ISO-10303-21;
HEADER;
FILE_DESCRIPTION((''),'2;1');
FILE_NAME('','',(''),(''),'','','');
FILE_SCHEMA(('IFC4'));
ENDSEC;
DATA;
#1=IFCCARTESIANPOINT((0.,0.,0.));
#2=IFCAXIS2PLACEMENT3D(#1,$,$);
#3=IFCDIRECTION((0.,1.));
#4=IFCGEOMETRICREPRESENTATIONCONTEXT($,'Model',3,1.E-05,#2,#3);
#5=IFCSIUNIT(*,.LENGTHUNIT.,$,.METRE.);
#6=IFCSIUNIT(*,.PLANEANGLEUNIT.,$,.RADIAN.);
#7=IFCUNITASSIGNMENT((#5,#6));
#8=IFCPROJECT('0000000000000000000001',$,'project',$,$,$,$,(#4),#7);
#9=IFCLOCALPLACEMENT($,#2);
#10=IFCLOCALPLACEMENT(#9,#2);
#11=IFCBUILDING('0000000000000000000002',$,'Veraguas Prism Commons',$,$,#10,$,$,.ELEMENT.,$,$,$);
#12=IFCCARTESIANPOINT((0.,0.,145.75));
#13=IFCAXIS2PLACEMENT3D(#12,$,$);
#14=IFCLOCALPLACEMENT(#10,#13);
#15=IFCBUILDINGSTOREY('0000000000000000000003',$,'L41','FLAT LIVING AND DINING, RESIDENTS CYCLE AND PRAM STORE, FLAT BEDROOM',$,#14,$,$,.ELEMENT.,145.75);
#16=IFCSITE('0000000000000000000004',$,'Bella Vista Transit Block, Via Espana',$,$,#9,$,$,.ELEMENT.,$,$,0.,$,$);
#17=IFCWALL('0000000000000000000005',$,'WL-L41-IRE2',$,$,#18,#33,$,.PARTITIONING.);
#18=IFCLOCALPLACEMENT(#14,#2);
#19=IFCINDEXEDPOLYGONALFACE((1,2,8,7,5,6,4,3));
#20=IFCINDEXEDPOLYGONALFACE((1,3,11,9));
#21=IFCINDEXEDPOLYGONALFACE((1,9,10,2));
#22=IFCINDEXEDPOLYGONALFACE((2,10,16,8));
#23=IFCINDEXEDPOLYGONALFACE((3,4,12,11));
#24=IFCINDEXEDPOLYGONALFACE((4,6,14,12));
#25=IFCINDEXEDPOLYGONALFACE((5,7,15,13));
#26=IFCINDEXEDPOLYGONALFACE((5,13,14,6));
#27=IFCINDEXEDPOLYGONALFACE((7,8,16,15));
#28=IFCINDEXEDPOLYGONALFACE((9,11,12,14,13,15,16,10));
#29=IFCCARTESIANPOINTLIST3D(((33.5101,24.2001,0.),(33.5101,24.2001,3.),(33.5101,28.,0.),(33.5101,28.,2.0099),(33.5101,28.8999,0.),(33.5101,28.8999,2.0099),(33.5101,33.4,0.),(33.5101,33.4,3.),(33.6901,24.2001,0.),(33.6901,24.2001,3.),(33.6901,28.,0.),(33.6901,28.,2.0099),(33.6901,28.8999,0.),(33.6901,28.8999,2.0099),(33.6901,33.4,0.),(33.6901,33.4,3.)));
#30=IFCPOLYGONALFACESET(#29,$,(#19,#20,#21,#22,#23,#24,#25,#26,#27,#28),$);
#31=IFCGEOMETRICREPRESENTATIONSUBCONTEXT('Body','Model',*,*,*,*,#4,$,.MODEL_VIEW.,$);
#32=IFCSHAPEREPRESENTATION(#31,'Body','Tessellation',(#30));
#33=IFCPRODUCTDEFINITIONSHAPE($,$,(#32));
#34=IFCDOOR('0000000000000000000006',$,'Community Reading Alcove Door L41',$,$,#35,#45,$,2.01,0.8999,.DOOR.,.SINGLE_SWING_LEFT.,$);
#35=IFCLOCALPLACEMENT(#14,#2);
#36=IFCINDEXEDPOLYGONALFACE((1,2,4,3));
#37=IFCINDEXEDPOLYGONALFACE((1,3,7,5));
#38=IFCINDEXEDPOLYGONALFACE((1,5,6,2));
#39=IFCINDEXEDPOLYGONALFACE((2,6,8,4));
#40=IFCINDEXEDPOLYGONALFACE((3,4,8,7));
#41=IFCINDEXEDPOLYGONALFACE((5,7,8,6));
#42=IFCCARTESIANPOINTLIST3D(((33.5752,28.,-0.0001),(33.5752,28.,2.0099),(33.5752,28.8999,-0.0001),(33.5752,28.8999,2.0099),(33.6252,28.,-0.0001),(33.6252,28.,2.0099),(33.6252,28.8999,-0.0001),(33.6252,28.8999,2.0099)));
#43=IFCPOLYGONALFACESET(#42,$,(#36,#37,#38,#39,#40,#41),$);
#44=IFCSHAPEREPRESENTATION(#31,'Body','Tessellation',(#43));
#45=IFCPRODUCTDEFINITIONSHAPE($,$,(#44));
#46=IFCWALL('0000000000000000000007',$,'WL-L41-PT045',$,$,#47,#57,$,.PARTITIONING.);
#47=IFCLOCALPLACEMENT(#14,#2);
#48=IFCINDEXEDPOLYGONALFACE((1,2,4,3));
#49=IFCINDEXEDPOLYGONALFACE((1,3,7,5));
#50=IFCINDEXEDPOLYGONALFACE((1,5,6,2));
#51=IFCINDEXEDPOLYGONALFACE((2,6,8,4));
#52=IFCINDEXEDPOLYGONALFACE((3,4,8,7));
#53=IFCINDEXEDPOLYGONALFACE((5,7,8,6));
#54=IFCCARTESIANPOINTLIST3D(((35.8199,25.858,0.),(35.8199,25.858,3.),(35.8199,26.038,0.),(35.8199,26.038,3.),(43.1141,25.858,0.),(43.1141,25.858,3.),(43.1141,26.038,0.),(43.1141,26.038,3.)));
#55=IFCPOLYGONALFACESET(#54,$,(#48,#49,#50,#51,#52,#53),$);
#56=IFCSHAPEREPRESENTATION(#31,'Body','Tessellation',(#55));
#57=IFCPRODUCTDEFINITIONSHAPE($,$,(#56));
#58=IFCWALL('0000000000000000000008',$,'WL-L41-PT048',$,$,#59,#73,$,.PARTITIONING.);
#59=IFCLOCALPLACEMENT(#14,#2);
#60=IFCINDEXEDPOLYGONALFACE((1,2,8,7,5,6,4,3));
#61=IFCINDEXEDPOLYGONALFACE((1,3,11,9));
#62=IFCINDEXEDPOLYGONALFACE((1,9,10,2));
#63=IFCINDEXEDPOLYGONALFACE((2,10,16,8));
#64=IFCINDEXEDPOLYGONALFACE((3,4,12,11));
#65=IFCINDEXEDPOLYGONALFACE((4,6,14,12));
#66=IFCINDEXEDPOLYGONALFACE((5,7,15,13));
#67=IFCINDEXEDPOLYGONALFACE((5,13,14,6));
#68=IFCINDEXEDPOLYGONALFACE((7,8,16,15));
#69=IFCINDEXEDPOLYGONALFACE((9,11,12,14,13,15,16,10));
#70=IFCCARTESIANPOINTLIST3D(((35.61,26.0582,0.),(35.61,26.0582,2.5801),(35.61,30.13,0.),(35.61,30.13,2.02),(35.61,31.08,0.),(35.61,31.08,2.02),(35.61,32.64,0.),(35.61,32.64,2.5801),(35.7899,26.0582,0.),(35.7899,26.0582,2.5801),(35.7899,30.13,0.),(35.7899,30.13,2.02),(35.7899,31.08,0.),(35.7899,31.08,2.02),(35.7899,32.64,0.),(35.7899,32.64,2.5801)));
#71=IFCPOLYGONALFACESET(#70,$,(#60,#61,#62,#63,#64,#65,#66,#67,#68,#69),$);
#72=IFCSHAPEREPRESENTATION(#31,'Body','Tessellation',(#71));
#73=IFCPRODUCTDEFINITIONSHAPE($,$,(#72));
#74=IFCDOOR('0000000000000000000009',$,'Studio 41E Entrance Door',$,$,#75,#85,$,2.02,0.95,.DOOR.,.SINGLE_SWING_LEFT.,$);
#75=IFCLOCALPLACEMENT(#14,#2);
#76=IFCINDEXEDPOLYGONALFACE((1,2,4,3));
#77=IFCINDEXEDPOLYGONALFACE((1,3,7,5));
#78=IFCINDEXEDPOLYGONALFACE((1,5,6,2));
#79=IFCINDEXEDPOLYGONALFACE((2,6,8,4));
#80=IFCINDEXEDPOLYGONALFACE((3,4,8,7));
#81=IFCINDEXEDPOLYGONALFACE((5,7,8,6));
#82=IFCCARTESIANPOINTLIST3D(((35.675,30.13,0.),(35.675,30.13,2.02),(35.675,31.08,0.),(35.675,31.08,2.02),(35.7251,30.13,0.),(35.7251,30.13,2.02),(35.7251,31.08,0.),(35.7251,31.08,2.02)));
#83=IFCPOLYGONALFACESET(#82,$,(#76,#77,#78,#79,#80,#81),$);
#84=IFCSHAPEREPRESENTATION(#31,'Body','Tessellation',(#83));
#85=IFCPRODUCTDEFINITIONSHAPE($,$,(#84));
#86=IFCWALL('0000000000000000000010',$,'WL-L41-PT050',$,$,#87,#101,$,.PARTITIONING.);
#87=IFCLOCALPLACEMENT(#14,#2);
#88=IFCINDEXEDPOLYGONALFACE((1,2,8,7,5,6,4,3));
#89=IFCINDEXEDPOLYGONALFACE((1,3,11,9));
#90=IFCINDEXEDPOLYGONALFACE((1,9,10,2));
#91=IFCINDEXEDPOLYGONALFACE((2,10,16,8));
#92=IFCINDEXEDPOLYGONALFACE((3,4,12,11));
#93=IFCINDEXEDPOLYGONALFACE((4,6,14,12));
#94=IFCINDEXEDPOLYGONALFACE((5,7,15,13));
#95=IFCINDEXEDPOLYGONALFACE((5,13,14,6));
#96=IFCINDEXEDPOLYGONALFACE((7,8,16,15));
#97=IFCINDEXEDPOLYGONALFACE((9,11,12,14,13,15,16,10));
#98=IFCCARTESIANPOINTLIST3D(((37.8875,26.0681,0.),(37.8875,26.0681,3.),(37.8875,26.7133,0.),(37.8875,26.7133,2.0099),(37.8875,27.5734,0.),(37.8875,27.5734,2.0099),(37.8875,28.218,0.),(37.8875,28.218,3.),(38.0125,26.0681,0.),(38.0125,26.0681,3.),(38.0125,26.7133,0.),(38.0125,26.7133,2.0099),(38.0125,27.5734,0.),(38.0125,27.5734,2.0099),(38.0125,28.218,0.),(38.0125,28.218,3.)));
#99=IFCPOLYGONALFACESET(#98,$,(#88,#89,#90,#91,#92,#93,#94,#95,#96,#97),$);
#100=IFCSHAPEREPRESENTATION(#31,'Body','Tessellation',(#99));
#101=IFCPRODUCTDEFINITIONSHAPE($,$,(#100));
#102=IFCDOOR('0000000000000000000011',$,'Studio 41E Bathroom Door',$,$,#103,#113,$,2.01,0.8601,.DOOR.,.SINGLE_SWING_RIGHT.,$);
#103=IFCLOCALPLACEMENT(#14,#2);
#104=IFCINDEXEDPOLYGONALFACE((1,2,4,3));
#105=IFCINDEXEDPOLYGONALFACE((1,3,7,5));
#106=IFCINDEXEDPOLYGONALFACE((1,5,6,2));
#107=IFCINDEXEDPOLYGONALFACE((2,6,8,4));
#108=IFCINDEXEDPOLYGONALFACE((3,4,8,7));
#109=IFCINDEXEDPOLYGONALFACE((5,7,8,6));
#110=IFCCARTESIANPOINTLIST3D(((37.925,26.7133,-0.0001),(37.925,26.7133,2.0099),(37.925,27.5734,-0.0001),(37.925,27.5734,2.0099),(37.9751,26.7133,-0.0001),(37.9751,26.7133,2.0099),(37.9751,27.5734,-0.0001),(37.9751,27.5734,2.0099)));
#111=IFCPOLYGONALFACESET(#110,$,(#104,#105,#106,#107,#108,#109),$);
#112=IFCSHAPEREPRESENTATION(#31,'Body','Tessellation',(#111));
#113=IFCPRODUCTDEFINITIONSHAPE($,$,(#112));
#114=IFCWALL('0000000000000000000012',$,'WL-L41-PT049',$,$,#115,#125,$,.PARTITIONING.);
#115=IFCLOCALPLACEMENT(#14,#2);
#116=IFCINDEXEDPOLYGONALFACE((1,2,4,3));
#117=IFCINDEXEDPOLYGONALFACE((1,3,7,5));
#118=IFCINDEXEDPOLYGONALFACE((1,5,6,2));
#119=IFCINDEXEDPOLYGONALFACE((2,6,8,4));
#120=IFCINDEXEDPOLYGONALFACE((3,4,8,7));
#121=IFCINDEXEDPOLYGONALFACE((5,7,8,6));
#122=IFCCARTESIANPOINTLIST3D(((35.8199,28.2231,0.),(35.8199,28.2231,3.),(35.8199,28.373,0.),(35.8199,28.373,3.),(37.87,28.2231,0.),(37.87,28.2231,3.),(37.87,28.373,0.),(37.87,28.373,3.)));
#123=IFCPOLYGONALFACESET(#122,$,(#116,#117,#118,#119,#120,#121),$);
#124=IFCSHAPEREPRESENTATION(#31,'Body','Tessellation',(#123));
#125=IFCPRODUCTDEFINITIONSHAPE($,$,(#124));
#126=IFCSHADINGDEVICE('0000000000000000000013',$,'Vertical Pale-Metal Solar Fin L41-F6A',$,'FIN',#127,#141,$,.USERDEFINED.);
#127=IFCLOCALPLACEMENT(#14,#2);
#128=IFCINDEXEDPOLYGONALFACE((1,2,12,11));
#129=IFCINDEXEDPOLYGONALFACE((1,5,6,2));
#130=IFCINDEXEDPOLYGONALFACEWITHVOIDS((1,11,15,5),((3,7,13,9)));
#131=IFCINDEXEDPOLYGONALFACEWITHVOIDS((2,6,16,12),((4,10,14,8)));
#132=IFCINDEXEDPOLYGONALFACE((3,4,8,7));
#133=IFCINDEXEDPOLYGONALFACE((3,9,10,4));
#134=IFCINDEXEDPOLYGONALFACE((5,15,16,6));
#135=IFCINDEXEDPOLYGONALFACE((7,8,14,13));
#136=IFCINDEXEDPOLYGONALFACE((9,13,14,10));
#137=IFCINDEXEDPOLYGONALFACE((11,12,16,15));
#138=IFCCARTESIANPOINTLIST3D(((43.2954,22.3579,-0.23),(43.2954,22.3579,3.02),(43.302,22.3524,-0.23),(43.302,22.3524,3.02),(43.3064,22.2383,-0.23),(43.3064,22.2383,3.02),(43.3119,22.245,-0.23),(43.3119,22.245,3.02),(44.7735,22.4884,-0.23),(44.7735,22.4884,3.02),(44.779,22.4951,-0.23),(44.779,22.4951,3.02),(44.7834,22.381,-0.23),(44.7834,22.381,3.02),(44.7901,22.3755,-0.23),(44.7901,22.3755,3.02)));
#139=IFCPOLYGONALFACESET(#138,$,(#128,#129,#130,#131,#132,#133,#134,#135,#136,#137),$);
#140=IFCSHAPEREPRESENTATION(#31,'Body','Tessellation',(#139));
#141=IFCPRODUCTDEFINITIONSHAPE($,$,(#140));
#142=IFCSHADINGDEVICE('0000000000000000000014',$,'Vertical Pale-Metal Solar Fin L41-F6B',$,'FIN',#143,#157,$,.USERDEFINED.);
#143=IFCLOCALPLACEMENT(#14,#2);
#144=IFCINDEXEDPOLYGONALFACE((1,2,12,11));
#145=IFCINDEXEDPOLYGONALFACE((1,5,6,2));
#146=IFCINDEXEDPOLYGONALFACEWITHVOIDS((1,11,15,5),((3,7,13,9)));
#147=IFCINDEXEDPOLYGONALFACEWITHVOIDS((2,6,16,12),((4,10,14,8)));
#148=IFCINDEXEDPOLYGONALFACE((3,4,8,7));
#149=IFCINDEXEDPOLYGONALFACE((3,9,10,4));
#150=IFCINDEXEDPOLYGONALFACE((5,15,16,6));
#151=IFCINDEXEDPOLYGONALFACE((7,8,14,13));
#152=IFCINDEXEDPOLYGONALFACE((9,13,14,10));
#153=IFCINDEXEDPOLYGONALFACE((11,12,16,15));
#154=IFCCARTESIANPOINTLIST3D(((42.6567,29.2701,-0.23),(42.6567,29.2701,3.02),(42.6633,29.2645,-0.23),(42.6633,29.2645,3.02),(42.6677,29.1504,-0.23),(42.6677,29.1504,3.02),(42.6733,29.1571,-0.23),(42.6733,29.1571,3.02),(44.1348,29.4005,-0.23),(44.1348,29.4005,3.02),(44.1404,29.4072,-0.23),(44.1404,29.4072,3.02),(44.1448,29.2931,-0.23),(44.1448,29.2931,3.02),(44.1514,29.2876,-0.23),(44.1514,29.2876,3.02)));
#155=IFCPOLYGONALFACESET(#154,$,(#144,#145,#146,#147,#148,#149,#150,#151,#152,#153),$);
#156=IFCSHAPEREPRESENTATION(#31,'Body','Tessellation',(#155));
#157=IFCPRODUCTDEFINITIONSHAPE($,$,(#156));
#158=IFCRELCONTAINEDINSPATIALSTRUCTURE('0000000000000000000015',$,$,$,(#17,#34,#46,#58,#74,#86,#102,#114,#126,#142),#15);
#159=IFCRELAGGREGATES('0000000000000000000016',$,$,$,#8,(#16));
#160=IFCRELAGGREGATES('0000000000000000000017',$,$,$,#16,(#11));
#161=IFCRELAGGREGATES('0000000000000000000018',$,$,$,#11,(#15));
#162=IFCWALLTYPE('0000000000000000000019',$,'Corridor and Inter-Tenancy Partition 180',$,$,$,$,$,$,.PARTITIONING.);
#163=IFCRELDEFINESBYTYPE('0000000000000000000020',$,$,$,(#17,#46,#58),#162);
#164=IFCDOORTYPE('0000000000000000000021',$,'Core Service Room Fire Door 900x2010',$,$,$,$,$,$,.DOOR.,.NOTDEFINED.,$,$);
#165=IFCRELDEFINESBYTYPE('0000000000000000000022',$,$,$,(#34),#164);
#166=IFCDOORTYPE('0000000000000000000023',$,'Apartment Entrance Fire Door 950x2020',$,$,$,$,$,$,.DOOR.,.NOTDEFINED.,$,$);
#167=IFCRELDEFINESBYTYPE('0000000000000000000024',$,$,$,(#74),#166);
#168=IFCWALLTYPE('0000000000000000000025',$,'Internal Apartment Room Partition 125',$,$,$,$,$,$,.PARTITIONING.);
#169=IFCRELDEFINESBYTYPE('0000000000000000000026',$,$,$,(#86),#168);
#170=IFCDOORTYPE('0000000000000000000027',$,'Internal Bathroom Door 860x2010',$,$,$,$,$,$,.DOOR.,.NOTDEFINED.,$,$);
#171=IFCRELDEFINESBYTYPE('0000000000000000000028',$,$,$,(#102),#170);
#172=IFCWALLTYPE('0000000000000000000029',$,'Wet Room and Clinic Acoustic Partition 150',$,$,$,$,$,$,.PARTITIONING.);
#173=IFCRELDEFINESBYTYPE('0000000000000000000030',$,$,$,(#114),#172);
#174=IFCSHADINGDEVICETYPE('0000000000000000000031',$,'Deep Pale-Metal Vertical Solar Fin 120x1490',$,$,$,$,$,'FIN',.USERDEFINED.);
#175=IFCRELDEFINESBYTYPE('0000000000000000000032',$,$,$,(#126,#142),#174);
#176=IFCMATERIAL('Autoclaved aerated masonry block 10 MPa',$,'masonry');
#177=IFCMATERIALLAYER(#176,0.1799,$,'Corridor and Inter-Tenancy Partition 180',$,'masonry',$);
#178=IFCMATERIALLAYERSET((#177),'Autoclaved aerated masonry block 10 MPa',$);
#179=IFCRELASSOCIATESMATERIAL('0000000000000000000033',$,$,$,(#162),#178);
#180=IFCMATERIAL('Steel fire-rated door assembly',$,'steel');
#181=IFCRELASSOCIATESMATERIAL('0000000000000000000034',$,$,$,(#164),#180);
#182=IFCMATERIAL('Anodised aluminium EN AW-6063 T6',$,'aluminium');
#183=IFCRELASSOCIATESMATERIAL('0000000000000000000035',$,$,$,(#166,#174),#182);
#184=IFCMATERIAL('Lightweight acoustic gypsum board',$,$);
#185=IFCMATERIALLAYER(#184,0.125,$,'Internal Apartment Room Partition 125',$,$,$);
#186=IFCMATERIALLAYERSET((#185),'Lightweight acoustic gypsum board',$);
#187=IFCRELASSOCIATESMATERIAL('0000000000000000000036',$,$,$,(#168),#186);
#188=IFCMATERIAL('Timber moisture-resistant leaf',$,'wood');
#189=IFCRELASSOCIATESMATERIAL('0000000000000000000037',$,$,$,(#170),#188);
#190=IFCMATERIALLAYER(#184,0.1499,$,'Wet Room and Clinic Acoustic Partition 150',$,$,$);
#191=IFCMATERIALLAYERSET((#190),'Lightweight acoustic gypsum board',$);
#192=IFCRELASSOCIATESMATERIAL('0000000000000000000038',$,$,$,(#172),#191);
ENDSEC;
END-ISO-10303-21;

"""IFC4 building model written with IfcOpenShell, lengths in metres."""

from ifc_helpers import new_model, si_unit, direction, frame, frame_2d, origin, origin_2d, place, context, subcontext, project, spatial, rectangle, hollow_rectangle, extrude, source, transform, mapped, material, layer, layer_set, material_profile, profile_set, type_object, element, fill, save


model = new_model("IFC4")

# Units and contexts
model_context = context("Model", 3, precision=1e-05, world=origin(), true_north=direction((0.0, 1.0)))
body_context = subcontext(model_context, "Body", "Model", "MODEL_VIEW")
ifc_project = project(units=[si_unit("LENGTHUNIT", "METRE"), si_unit("PLANEANGLEUNIT", "RADIAN")], contexts=[model_context])

# Site, building, storey
site_placement = place(None, origin())
site = spatial("IfcSite", under=ifc_project, at=site_placement, Name="Bella Vista Transit Block, Via Espana", CompositionType="ELEMENT", RefElevation=0.0)
building_placement = place(site_placement, origin())
building = spatial("IfcBuilding", under=site, at=building_placement, Name="Veraguas Prism Commons", CompositionType="ELEMENT")
storey_placement = place(building_placement, frame((0.0, 0.0, 145.75)))
storey = spatial("IfcBuildingStorey", under=building, at=storey_placement, Name="L41", Description="FLAT LIVING AND DINING, RESIDENTS CYCLE AND PRAM STORE, FLAT BEDROOM", CompositionType="ELEMENT", Elevation=145.75)

# Shared definitions
ifc_material_1 = material(Name="Anodised aluminium EN AW-6063 T6", Category="aluminium")

# Wall, opening, door
ifc_material_2 = material(Name="Autoclaved aerated masonry block 10 MPa", Category="masonry")
ifc_layer_1 = layer(ifc_material_2, 0.1799, Name="Corridor and Inter-Tenancy Partition 180", Category="masonry")
ifc_layer_set_1 = layer_set([ifc_layer_1], Name="Autoclaved aerated masonry block 10 MPa")
wall_type_1 = type_object("IfcWallType", Name="Corridor and Inter-Tenancy Partition 180", PredefinedType="PARTITIONING", material=ifc_layer_set_1)
wall_1_placement = place(storey_placement, frame((33.6001, 24.2, 0.0), z_axis=(0.0, 0.0, 1.0), x_axis=(0.0, 1.0, 0.0)))
wall_1 = element("IfcWall", 1, at=wall_1_placement, inside=storey, type_object=wall_type_1, Name="WL-L41-IRE2", PredefinedType="PARTITIONING", context=body_context, shape_type="SweptSolid", body=[
    extrude(rectangle(XDim=9.2, YDim=0.1799, at=frame_2d((4.6001, 0.0))), origin(), (0.0, 0.0, 1.0), 3.0),
])
opening_1_placement = place(wall_1_placement, frame((3.8, 0.0, 0.0)))
opening_1 = element("IfcOpeningElement", 2, at=opening_1_placement, cuts=wall_1, PredefinedType="OPENING", context=body_context, shape_type="SweptSolid", body=[
    extrude(rectangle(XDim=0.8999, YDim=2.01, at=frame_2d((0.45, 1.0049))), frame((0.0, 0.0999, 0.0), z_axis=(0.0, -1.0, 0.0), x_axis=(1.0, 0.0, 0.0)), (0.0, 0.0, 1.0), 0.2),
])
ifc_material_3 = material(Name="Steel fire-rated door assembly", Category="steel")
door_type_1 = type_object("IfcDoorType", Name="Core Service Room Fire Door 900x2010", OperationType="NOTDEFINED", PredefinedType="DOOR", material=ifc_material_3)
shared_shape_1 = source(origin(), body_context, "Body", "SweptSolid", [
    extrude(rectangle(XDim=0.8999, YDim=2.01, at=frame_2d((0.45, 1.0049))), frame((0.0, 0.0249, 0.0), z_axis=(0.0, -1.0, 0.0), x_axis=(1.0, 0.0, 0.0)), (0.0, 0.0, 1.0), 0.05),
])
door_1_placement = place(opening_1_placement, origin())
door_1 = element("IfcDoor", 3, at=door_1_placement, inside=storey, type_object=door_type_1, Name="Community Reading Alcove Door L41", OperationType="SINGLE_SWING_LEFT", OverallHeight=2.01, OverallWidth=0.8999, PredefinedType="DOOR", context=body_context, shape_type="MappedRepresentation", body=[
    mapped(shared_shape_1, transform((0.0, 0.0, 0.0), scale=1.0)),
])
fill(opening_1, door_1)

# Wall
wall_2_placement = place(storey_placement, frame((35.8201, 25.948, 0.0), z_axis=(0.0, 0.0, 1.0), x_axis=(1.0, 0.0, 0.0)))
element("IfcWall", 4, at=wall_2_placement, inside=storey, type_object=wall_type_1, Name="WL-L41-PT045", PredefinedType="PARTITIONING", context=body_context, shape_type="SweptSolid", body=[
    extrude(rectangle(XDim=7.2942, YDim=0.1799, at=frame_2d((3.647, 0.0))), origin(), (0.0, 0.0, 1.0), 3.0),
])

# Walls, openings, doors
wall_3_placement = place(storey_placement, frame((35.7, 26.0581, 0.0), z_axis=(0.0, 0.0, 1.0), x_axis=(0.0, 1.0, 0.0)))
wall_3 = element("IfcWall", 5, at=wall_3_placement, inside=storey, type_object=wall_type_1, Name="WL-L41-PT048", PredefinedType="PARTITIONING", context=body_context, shape_type="SweptSolid", body=[
    extrude(rectangle(XDim=6.5818, YDim=0.1799, at=frame_2d((3.291, 0.0))), origin(), (0.0, 0.0, 1.0), 2.5801),
])
opening_2_placement = place(wall_3_placement, frame((4.0718, 0.0, 0.0)))
opening_2 = element("IfcOpeningElement", 6, at=opening_2_placement, cuts=wall_3, PredefinedType="OPENING", context=body_context, shape_type="SweptSolid", body=[
    extrude(rectangle(XDim=0.95, YDim=2.02, at=frame_2d((0.4751, 1.01))), frame((0.0, 0.0999, 0.0), z_axis=(0.0, -1.0, 0.0), x_axis=(1.0, 0.0, 0.0)), (0.0, 0.0, 1.0), 0.2),
])
door_type_2 = type_object("IfcDoorType", Name="Apartment Entrance Fire Door 950x2020", OperationType="NOTDEFINED", PredefinedType="DOOR", material=ifc_material_1)
shared_shape_2 = source(origin(), body_context, "Body", "SweptSolid", [
    extrude(rectangle(XDim=0.95, YDim=2.02, at=frame_2d((0.4751, 1.01))), frame((0.0, 0.0249, 0.0), z_axis=(0.0, -1.0, 0.0), x_axis=(1.0, 0.0, 0.0)), (0.0, 0.0, 1.0), 0.05),
])
door_2_placement = place(opening_2_placement, origin())
door_2 = element("IfcDoor", 7, at=door_2_placement, inside=storey, type_object=door_type_2, Name="Studio 41E Entrance Door", OperationType="SINGLE_SWING_LEFT", OverallHeight=2.02, OverallWidth=0.95, PredefinedType="DOOR", context=body_context, shape_type="MappedRepresentation", body=[
    mapped(shared_shape_2, transform((0.0, 0.0, 0.0), scale=1.0)),
])
fill(opening_2, door_2)
ifc_material_4 = material(Name="Lightweight acoustic gypsum board")
ifc_layer_2 = layer(ifc_material_4, 0.125, Name="Internal Apartment Room Partition 125")
ifc_layer_set_2 = layer_set([ifc_layer_2], Name="Lightweight acoustic gypsum board")
wall_type_2 = type_object("IfcWallType", Name="Internal Apartment Room Partition 125", PredefinedType="PARTITIONING", material=ifc_layer_set_2)
wall_4_placement = place(storey_placement, frame((37.95, 26.0681, 0.0), z_axis=(0.0, 0.0, 1.0), x_axis=(0.0, 1.0, 0.0)))
wall_4 = element("IfcWall", 8, at=wall_4_placement, inside=storey, type_object=wall_type_2, Name="WL-L41-PT050", PredefinedType="PARTITIONING", context=body_context, shape_type="SweptSolid", body=[
    extrude(rectangle(XDim=2.1499, YDim=0.125, at=frame_2d((1.075, 0.0))), origin(), (0.0, 0.0, 1.0), 3.0),
])
opening_3_placement = place(wall_4_placement, frame((0.645, 0.0, 0.0)))
opening_3 = element("IfcOpeningElement", 9, at=opening_3_placement, cuts=wall_4, PredefinedType="OPENING", context=body_context, shape_type="SweptSolid", body=[
    extrude(rectangle(XDim=0.8601, YDim=2.01, at=frame_2d((0.4302, 1.0049))), frame((0.0, 0.0725, 0.0), z_axis=(0.0, -1.0, 0.0), x_axis=(1.0, 0.0, 0.0)), (0.0, 0.0, 1.0), 0.145),
])
ifc_material_5 = material(Name="Timber moisture-resistant leaf", Category="wood")
door_type_3 = type_object("IfcDoorType", Name="Internal Bathroom Door 860x2010", OperationType="NOTDEFINED", PredefinedType="DOOR", material=ifc_material_5)
shared_shape_3 = source(origin(), body_context, "Body", "SweptSolid", [
    extrude(rectangle(XDim=0.8601, YDim=2.01, at=frame_2d((0.4302, 1.0049))), frame((0.0, 0.0249, 0.0), z_axis=(0.0, -1.0, 0.0), x_axis=(1.0, 0.0, 0.0)), (0.0, 0.0, 1.0), 0.05),
])
door_3_placement = place(opening_3_placement, origin())
door_3 = element("IfcDoor", 10, at=door_3_placement, inside=storey, type_object=door_type_3, Name="Studio 41E Bathroom Door", OperationType="SINGLE_SWING_RIGHT", OverallHeight=2.01, OverallWidth=0.8601, PredefinedType="DOOR", context=body_context, shape_type="MappedRepresentation", body=[
    mapped(shared_shape_3, transform((0.0, 0.0, 0.0), scale=1.0)),
])
fill(opening_3, door_3)

# Wall
ifc_layer_3 = layer(ifc_material_4, 0.1499, Name="Wet Room and Clinic Acoustic Partition 150")
ifc_layer_set_3 = layer_set([ifc_layer_3], Name="Lightweight acoustic gypsum board")
wall_type_3 = type_object("IfcWallType", Name="Wet Room and Clinic Acoustic Partition 150", PredefinedType="PARTITIONING", material=ifc_layer_set_3)
wall_5_placement = place(storey_placement, frame((35.8201, 28.2981, 0.0), z_axis=(0.0, 0.0, 1.0), x_axis=(1.0, 0.0, 0.0)))
element("IfcWall", 11, at=wall_5_placement, inside=storey, type_object=wall_type_3, Name="WL-L41-PT049", PredefinedType="PARTITIONING", context=body_context, shape_type="SweptSolid", body=[
    extrude(rectangle(XDim=2.05, YDim=0.1499, at=frame_2d((1.0249, 0.0))), origin(), (0.0, 0.0, 1.0), 3.0),
])

# Shading devices
ifc_material_profile_1 = material_profile(ifc_material_1, hollow_rectangle(XDim=0.1201, YDim=1.49, WallThickness=0.0061, at=origin_2d()), Name="FIN120X1490X6")
ifc_profile_set_1 = profile_set([ifc_material_profile_1], Name="Anodised aluminium EN AW-6063 T6")
shading_device_type = type_object("IfcShadingDeviceType", Name="Deep Pale-Metal Vertical Solar Fin 120x1490", ElementType="FIN", PredefinedType="USERDEFINED", material=ifc_profile_set_1)
for number, where, z_axis, x_axis, name in (
    (12, (44.0427, 22.3667, -0.23), (0.0, 0.0, 1.0), (-0.092023, 0.995757, 0.0), "Vertical Pale-Metal Solar Fin L41-F6A"),
    (13, (43.4041, 29.2788, -0.23), (0.0, 0.0, 1.0), (-0.092023, 0.995757, 0.0), "Vertical Pale-Metal Solar Fin L41-F6B"),
):
    element("IfcShadingDevice", number, at=place(storey_placement, frame(where, z_axis=z_axis, x_axis=x_axis)), inside=storey, type_object=shading_device_type, Name=name, ObjectType="FIN", PredefinedType="USERDEFINED", context=body_context, shape_type="SweptSolid", body=[
        extrude(hollow_rectangle(XDim=0.1201, YDim=1.49, WallThickness=0.0061, at=origin_2d()), origin(), (0.0, 0.0, 1.0), 3.25),
    ])

save(model, "model.ifc")
